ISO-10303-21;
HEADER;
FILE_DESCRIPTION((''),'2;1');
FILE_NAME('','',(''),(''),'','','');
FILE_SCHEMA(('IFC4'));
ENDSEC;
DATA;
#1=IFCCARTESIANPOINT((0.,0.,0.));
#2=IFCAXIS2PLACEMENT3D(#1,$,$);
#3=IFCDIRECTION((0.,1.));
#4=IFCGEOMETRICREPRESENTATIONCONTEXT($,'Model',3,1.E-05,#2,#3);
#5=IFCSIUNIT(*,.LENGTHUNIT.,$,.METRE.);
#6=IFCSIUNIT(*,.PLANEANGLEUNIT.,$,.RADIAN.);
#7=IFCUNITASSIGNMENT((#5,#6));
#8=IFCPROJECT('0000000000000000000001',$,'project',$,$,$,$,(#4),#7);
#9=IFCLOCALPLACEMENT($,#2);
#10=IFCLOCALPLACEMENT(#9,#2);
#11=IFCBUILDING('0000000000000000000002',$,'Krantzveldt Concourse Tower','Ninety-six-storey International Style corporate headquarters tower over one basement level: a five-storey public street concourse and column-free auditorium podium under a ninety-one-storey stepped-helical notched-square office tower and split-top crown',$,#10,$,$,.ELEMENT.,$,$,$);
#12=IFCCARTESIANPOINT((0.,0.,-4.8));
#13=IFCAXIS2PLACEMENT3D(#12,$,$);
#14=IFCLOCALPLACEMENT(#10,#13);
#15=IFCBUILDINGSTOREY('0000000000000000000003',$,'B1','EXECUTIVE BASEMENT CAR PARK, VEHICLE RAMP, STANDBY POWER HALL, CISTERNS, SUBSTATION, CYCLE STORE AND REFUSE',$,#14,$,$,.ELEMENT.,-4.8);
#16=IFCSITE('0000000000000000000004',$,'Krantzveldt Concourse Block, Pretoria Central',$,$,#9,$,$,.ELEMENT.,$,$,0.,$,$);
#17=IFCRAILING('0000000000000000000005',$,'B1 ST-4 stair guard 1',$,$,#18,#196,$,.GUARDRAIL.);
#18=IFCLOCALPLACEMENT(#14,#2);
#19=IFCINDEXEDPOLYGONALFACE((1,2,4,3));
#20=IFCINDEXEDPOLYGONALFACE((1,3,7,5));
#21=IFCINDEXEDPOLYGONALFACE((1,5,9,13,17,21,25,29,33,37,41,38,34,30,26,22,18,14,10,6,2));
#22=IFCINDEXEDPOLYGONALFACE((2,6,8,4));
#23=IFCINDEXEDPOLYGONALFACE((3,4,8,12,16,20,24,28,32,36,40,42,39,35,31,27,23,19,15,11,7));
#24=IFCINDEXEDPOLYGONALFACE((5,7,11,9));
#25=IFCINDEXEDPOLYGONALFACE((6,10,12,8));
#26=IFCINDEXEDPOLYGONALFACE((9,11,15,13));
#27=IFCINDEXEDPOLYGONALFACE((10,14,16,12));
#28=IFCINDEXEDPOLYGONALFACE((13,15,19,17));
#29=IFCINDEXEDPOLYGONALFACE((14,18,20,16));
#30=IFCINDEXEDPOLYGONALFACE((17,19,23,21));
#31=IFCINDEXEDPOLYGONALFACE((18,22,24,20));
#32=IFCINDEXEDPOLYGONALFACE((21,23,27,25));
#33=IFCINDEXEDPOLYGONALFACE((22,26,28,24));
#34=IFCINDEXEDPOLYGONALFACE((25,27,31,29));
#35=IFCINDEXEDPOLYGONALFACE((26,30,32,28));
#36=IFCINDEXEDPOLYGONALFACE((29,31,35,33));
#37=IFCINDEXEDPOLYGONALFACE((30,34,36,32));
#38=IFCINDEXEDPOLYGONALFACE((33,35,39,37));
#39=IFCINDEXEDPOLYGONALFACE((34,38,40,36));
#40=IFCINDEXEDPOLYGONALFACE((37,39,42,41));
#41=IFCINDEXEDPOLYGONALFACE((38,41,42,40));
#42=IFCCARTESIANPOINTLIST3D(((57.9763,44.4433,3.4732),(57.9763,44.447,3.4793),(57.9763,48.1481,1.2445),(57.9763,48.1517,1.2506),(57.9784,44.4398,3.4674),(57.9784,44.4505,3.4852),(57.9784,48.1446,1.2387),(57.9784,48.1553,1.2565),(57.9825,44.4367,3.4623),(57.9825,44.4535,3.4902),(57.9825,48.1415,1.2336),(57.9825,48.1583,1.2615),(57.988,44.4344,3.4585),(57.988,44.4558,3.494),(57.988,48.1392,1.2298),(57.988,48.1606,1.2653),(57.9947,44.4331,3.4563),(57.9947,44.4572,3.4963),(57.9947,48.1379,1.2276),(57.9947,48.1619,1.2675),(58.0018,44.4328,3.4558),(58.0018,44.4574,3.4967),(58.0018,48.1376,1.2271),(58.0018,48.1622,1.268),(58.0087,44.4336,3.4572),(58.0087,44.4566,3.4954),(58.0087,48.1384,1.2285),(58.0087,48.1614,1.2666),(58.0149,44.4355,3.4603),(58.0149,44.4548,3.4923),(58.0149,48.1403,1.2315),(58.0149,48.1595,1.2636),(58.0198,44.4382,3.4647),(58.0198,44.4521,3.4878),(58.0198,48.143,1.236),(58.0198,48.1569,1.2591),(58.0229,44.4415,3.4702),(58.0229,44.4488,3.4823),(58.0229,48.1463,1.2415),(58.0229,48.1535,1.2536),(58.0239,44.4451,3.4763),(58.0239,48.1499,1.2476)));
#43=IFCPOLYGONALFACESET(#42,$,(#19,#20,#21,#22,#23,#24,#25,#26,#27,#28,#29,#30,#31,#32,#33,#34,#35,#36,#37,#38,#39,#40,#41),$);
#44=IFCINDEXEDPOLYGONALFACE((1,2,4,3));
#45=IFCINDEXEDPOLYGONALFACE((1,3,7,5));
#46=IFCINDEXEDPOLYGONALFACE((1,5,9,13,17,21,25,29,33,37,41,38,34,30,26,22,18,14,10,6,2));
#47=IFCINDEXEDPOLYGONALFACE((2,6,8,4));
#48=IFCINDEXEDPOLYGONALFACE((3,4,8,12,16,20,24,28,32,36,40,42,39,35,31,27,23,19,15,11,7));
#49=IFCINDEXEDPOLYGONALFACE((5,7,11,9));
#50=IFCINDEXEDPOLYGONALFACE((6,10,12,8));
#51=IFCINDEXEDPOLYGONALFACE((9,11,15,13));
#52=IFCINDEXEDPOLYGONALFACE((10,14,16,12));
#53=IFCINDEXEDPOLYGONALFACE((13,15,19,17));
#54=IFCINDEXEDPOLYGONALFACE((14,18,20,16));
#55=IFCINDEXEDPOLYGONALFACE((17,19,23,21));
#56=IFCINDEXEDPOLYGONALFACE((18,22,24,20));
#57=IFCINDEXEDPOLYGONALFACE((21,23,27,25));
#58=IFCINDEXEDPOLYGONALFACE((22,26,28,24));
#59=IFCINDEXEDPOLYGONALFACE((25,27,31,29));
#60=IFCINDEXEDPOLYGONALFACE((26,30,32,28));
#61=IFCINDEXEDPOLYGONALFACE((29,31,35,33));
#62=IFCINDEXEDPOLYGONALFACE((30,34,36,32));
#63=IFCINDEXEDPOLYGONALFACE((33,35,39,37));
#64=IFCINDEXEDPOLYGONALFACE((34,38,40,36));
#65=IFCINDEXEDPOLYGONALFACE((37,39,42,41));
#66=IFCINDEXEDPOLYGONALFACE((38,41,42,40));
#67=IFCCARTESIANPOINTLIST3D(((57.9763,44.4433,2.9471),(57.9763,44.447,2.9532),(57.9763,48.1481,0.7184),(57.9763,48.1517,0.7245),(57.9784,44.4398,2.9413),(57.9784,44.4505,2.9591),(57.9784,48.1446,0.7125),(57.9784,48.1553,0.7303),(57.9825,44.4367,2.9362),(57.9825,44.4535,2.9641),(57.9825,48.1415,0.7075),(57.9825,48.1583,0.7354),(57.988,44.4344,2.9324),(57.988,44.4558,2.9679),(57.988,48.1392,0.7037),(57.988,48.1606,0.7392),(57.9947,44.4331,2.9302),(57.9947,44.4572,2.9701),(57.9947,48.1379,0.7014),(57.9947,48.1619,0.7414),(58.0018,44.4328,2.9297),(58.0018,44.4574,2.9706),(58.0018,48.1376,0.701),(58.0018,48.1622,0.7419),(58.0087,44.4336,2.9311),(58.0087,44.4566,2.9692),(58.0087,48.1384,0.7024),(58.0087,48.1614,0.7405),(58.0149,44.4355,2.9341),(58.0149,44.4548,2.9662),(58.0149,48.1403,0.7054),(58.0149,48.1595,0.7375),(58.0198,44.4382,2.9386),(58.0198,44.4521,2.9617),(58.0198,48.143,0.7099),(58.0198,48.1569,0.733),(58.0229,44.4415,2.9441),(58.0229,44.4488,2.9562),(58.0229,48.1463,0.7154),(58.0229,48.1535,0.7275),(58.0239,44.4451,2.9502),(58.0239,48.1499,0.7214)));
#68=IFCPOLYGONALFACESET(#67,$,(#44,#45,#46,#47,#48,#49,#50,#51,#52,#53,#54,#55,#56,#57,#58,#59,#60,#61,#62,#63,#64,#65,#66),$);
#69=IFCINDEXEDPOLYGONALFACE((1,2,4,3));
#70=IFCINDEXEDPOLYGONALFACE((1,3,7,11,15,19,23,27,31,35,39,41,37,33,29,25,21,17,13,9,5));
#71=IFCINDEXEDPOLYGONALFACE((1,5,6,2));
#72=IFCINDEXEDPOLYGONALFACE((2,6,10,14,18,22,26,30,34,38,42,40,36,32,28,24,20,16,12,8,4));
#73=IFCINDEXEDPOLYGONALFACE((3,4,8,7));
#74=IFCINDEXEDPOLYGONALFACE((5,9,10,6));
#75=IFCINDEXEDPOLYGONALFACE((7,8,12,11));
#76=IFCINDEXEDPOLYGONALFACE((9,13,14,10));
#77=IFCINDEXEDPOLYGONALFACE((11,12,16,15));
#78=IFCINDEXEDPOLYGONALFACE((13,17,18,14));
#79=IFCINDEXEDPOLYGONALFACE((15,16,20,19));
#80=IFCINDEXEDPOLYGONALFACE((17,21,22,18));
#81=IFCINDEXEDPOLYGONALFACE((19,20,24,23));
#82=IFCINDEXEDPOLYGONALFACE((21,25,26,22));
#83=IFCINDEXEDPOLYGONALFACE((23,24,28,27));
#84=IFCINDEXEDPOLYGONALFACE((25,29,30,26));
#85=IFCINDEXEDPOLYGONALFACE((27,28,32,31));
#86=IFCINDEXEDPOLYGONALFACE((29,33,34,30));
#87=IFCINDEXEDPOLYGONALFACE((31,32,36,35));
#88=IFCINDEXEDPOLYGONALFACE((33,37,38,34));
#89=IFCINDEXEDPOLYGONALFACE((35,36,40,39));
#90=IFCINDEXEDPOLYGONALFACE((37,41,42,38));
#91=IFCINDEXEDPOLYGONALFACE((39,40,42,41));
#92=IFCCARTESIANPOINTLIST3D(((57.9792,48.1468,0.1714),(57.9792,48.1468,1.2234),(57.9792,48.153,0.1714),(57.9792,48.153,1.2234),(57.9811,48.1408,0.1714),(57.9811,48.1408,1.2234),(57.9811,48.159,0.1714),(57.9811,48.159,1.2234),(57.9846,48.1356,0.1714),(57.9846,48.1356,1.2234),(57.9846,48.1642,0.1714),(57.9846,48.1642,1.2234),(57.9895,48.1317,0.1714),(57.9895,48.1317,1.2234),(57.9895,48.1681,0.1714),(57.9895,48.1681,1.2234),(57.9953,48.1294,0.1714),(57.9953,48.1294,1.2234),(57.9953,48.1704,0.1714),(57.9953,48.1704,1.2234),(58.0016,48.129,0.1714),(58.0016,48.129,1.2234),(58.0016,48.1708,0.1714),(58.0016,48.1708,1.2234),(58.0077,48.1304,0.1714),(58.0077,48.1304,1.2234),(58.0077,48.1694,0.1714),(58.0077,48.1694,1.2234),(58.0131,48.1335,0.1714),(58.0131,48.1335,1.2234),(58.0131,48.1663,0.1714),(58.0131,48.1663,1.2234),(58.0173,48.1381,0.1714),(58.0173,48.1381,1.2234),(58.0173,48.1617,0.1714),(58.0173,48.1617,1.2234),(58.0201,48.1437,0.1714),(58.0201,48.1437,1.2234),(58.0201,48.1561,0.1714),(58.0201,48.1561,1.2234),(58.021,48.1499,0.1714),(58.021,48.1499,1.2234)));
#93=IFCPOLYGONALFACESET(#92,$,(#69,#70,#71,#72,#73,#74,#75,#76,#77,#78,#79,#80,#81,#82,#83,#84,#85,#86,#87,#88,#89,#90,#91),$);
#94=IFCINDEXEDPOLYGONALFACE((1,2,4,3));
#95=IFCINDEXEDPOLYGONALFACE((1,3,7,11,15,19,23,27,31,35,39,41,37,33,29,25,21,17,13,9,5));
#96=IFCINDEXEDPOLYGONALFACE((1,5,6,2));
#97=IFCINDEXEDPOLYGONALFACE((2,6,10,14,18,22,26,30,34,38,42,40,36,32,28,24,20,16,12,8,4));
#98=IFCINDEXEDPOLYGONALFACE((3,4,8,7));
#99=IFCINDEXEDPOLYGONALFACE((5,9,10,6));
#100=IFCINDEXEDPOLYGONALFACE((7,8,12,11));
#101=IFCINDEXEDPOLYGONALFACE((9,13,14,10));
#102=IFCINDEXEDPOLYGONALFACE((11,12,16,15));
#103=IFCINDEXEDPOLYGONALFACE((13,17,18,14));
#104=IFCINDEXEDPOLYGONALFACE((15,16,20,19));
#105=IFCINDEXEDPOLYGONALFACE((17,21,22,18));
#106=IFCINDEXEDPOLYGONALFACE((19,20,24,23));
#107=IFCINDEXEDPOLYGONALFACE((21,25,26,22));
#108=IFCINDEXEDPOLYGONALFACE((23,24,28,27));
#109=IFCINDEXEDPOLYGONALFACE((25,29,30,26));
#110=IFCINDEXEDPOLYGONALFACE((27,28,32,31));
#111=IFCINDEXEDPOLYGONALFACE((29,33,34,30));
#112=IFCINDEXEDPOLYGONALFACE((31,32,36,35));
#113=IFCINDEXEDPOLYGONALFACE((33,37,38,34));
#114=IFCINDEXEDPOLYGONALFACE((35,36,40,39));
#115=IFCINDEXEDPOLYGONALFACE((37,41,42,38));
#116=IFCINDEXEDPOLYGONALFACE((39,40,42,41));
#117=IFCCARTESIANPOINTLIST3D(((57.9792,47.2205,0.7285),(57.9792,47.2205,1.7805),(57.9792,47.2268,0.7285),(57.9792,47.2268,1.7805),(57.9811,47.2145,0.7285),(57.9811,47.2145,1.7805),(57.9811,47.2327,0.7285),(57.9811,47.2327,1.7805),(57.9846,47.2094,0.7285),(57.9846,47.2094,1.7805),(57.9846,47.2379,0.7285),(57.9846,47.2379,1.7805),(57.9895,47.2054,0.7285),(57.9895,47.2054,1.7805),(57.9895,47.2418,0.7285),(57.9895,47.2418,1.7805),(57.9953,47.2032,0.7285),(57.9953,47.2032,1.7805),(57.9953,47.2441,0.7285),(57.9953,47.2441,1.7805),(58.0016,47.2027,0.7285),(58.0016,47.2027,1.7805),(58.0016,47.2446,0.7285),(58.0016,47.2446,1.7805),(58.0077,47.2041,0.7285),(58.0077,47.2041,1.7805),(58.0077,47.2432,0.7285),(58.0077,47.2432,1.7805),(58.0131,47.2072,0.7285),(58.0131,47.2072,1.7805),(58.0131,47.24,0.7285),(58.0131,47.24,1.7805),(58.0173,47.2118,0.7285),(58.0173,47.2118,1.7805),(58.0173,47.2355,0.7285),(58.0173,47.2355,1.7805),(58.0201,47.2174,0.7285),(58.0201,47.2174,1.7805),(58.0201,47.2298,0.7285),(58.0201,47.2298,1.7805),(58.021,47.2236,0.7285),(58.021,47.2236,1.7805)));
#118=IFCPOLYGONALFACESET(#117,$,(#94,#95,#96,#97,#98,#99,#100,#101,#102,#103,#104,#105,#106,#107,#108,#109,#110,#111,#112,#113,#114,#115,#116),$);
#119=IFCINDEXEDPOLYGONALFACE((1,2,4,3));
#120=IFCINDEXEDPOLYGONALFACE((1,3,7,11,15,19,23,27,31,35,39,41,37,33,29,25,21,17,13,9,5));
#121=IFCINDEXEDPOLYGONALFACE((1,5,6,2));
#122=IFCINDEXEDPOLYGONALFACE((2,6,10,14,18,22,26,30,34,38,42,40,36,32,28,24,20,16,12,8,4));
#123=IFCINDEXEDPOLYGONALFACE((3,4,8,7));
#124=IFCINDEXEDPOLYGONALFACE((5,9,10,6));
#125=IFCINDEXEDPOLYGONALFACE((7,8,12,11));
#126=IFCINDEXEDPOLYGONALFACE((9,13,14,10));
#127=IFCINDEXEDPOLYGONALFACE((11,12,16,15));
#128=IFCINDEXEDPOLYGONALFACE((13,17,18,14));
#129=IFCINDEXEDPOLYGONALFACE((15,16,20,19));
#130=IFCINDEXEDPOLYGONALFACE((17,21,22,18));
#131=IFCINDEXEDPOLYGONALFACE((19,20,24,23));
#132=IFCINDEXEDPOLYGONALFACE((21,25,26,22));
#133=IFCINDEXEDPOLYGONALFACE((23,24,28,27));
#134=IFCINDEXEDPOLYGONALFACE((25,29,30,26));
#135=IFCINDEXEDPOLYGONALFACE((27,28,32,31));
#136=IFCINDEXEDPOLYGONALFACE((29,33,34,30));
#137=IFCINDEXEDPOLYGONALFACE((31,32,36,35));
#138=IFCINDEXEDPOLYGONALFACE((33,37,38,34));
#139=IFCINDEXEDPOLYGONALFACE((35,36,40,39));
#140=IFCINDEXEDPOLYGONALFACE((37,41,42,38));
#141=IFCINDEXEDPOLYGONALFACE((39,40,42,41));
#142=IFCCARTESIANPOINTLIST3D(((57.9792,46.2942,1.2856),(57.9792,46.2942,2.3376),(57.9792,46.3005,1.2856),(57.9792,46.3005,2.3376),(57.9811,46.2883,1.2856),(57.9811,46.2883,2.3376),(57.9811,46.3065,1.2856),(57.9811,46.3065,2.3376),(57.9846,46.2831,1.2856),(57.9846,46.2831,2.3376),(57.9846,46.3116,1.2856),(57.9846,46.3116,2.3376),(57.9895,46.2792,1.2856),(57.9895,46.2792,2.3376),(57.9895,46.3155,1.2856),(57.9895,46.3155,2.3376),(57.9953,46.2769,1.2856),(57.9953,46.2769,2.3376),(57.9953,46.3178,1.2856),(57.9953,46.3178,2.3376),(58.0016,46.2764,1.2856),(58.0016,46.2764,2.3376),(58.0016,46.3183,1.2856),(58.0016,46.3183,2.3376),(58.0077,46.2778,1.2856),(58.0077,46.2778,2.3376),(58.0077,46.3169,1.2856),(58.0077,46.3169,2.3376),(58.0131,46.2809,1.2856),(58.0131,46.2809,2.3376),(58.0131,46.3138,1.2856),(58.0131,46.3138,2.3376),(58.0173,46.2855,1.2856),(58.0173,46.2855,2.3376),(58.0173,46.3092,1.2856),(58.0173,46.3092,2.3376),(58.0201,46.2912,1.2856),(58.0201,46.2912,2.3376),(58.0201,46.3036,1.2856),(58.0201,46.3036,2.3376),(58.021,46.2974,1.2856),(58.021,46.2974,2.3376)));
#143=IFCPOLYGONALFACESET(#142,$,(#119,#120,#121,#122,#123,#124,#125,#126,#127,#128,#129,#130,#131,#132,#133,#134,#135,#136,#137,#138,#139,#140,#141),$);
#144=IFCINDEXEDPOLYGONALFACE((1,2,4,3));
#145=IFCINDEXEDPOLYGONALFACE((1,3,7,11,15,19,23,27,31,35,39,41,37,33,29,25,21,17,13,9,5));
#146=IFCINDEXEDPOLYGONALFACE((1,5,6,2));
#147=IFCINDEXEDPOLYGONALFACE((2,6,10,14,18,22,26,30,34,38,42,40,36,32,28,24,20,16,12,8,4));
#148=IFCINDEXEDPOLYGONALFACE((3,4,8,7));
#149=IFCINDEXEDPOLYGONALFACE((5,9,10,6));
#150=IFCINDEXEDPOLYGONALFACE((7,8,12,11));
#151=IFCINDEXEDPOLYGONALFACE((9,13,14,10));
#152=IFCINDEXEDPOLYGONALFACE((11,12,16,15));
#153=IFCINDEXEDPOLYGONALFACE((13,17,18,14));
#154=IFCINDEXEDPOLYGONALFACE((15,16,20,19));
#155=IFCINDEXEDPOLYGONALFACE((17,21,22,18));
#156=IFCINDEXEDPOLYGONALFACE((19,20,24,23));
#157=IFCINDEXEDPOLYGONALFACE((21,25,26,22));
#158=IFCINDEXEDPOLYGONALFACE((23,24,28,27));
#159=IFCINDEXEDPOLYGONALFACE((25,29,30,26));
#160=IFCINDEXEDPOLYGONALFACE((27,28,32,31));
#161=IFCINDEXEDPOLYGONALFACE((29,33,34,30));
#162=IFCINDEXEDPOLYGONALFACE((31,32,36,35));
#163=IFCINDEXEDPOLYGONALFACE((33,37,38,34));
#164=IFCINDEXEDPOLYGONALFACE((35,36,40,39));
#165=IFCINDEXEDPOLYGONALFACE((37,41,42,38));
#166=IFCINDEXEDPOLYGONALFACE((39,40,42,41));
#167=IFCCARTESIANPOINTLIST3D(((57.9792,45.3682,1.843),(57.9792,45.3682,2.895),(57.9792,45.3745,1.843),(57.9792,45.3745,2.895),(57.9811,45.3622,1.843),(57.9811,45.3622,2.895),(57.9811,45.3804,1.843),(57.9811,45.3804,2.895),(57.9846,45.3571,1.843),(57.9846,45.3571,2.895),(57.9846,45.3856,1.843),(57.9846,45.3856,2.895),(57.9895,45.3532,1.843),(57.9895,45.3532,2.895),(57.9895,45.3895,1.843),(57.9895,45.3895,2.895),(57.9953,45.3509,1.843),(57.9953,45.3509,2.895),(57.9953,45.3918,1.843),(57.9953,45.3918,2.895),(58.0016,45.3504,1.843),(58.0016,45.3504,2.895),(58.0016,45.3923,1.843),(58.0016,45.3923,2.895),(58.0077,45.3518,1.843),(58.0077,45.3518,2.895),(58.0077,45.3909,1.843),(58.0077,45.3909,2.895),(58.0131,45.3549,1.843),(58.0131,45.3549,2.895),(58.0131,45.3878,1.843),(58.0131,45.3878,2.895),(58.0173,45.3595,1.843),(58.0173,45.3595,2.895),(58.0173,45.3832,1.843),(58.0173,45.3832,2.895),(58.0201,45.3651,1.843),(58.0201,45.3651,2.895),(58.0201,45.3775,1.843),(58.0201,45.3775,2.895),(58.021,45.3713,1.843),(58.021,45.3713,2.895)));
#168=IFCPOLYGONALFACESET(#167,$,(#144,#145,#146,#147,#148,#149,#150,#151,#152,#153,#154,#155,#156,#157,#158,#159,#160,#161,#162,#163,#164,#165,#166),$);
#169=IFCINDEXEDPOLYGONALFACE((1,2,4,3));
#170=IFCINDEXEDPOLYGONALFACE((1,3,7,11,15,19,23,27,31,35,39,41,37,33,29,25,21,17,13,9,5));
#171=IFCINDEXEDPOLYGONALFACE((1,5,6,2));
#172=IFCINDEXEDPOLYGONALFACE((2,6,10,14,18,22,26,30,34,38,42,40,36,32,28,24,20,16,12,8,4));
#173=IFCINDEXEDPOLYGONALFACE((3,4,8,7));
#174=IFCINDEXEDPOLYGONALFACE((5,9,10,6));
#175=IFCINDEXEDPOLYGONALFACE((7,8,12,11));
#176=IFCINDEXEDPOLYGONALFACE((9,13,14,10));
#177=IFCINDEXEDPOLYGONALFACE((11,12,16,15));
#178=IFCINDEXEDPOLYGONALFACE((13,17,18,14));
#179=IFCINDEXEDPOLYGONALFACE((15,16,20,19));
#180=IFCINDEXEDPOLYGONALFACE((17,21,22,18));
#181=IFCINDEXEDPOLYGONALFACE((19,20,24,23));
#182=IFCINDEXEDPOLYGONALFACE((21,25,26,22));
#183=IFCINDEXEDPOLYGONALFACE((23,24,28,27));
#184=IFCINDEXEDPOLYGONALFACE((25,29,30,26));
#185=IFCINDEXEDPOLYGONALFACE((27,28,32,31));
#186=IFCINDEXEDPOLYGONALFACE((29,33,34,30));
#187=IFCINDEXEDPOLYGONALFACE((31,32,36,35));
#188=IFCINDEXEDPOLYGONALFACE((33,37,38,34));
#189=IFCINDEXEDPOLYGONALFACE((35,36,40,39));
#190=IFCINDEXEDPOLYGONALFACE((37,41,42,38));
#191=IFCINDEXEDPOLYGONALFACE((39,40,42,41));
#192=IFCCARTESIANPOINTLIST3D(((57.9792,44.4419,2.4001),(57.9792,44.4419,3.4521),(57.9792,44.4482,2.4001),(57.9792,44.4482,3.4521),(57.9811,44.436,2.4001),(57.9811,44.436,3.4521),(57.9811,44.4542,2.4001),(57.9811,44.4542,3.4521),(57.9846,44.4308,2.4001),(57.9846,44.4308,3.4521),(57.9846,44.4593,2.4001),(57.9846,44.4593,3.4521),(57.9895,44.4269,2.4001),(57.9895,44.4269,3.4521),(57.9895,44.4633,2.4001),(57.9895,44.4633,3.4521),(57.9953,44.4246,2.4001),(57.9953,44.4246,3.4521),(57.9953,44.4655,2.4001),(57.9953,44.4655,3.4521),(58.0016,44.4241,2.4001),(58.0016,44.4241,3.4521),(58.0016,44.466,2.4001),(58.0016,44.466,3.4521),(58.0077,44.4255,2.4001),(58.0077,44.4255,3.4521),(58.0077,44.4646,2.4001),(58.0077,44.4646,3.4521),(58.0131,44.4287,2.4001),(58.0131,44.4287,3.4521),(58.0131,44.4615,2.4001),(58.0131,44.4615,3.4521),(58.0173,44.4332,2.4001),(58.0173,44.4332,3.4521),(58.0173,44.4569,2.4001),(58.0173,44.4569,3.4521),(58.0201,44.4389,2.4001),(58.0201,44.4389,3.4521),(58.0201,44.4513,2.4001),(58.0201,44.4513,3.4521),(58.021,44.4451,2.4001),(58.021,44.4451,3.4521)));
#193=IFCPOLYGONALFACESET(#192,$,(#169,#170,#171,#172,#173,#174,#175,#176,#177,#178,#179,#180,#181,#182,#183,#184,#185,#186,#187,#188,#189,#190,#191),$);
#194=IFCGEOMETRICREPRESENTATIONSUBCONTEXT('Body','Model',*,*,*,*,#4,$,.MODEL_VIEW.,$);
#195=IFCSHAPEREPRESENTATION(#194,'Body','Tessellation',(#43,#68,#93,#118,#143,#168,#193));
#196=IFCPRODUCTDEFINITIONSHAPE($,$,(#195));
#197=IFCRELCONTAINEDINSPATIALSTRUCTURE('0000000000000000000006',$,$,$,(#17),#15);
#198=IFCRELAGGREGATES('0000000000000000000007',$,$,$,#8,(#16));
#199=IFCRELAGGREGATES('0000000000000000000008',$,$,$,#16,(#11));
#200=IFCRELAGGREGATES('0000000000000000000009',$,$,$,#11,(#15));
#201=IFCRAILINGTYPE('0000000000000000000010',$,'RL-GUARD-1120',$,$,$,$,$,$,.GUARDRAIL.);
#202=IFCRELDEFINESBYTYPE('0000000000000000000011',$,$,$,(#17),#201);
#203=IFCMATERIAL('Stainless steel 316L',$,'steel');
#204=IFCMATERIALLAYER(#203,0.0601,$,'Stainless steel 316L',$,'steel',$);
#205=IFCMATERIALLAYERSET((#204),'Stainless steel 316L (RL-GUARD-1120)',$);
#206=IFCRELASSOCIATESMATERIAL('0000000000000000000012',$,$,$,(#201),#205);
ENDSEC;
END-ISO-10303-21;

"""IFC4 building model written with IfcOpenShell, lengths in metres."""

from ifc_helpers import new_model, si_unit, direction, frame, origin, origin_2d, place, context, subcontext, project, spatial, circle, extrude, material, layer, layer_set, type_object, element, save


model = new_model("IFC4")

# Units and contexts
model_context = context("Model", 3, precision=1e-05, world=origin(), true_north=direction((0.0, 1.0)))
body_context = subcontext(model_context, "Body", "Model", "MODEL_VIEW")
ifc_project = project(units=[si_unit("LENGTHUNIT", "METRE"), si_unit("PLANEANGLEUNIT", "RADIAN")], contexts=[model_context])

# Site, building, storey
site_placement = place(None, origin())
site = spatial("IfcSite", under=ifc_project, at=site_placement, Name="Krantzveldt Concourse Block, Pretoria Central", CompositionType="ELEMENT", RefElevation=0.0)
building_placement = place(site_placement, origin())
building = spatial("IfcBuilding", under=site, at=building_placement, Name="Krantzveldt Concourse Tower", Description="Ninety-six-storey International Style corporate headquarters tower over one basement level: a five-storey public street concourse and column-free auditorium podium under a ninety-one-storey stepped-helical notched-square office tower and split-top crown", CompositionType="ELEMENT")
storey_placement = place(building_placement, frame((0.0, 0.0, -4.8)))
storey = spatial("IfcBuildingStorey", under=building, at=storey_placement, Name="B1", Description="EXECUTIVE BASEMENT CAR PARK, VEHICLE RAMP, STANDBY POWER HALL, CISTERNS, SUBSTATION, CYCLE STORE AND REFUSE", CompositionType="ELEMENT", Elevation=-4.8)

# Railing
ifc_material_1 = material(Name="Stainless steel 316L", Category="steel")
ifc_layer_1 = layer(ifc_material_1, 0.0601, Name="Stainless steel 316L", Category="steel")
ifc_layer_set_1 = layer_set([ifc_layer_1], Name="Stainless steel 316L (RL-GUARD-1120)")
railing_type_1 = type_object("IfcRailingType", Name="RL-GUARD-1120", PredefinedType="GUARDRAIL", material=ifc_layer_set_1)
railing_1_placement = place(storey_placement, frame((58.0, 48.1499, 0.1714)))
element("IfcRailing", 1, at=railing_1_placement, inside=storey, type_object=railing_type_1, Name="B1 ST-4 stair guard 1", PredefinedType="GUARDRAIL", context=body_context, shape_type="SweptSolid", body=[
    extrude(circle(Radius=0.0239, at=origin_2d()), frame((0.0, 0.0, 1.0762), z_axis=(0.0, -0.856894, 0.515492), x_axis=(1.0, 0.0, 0.0)), (0.0, 0.0, 1.0), 4.3235),
    extrude(circle(Radius=0.0239, at=origin_2d()), frame((0.0, 0.0, 0.55), z_axis=(0.0, -0.856894, 0.515492), x_axis=(1.0, 0.0, 0.0)), (0.0, 0.0, 1.0), 4.3235),
    extrude(circle(Radius=0.021, at=origin_2d()), origin(), (0.0, 0.0, 1.0), 1.052),
    extrude(circle(Radius=0.021, at=origin_2d()), frame((0.0, -0.9263, 0.5571)), (0.0, 0.0, 1.0), 1.052),
    extrude(circle(Radius=0.021, at=origin_2d()), frame((0.0, -1.8525, 1.1143)), (0.0, 0.0, 1.0), 1.052),
    extrude(circle(Radius=0.021, at=origin_2d()), frame((0.0, -2.7786, 1.6716)), (0.0, 0.0, 1.0), 1.052),
    extrude(circle(Radius=0.021, at=origin_2d()), frame((0.0, -3.7048, 2.2288)), (0.0, 0.0, 1.0), 1.052),
])

save(model, "model.ifc")
